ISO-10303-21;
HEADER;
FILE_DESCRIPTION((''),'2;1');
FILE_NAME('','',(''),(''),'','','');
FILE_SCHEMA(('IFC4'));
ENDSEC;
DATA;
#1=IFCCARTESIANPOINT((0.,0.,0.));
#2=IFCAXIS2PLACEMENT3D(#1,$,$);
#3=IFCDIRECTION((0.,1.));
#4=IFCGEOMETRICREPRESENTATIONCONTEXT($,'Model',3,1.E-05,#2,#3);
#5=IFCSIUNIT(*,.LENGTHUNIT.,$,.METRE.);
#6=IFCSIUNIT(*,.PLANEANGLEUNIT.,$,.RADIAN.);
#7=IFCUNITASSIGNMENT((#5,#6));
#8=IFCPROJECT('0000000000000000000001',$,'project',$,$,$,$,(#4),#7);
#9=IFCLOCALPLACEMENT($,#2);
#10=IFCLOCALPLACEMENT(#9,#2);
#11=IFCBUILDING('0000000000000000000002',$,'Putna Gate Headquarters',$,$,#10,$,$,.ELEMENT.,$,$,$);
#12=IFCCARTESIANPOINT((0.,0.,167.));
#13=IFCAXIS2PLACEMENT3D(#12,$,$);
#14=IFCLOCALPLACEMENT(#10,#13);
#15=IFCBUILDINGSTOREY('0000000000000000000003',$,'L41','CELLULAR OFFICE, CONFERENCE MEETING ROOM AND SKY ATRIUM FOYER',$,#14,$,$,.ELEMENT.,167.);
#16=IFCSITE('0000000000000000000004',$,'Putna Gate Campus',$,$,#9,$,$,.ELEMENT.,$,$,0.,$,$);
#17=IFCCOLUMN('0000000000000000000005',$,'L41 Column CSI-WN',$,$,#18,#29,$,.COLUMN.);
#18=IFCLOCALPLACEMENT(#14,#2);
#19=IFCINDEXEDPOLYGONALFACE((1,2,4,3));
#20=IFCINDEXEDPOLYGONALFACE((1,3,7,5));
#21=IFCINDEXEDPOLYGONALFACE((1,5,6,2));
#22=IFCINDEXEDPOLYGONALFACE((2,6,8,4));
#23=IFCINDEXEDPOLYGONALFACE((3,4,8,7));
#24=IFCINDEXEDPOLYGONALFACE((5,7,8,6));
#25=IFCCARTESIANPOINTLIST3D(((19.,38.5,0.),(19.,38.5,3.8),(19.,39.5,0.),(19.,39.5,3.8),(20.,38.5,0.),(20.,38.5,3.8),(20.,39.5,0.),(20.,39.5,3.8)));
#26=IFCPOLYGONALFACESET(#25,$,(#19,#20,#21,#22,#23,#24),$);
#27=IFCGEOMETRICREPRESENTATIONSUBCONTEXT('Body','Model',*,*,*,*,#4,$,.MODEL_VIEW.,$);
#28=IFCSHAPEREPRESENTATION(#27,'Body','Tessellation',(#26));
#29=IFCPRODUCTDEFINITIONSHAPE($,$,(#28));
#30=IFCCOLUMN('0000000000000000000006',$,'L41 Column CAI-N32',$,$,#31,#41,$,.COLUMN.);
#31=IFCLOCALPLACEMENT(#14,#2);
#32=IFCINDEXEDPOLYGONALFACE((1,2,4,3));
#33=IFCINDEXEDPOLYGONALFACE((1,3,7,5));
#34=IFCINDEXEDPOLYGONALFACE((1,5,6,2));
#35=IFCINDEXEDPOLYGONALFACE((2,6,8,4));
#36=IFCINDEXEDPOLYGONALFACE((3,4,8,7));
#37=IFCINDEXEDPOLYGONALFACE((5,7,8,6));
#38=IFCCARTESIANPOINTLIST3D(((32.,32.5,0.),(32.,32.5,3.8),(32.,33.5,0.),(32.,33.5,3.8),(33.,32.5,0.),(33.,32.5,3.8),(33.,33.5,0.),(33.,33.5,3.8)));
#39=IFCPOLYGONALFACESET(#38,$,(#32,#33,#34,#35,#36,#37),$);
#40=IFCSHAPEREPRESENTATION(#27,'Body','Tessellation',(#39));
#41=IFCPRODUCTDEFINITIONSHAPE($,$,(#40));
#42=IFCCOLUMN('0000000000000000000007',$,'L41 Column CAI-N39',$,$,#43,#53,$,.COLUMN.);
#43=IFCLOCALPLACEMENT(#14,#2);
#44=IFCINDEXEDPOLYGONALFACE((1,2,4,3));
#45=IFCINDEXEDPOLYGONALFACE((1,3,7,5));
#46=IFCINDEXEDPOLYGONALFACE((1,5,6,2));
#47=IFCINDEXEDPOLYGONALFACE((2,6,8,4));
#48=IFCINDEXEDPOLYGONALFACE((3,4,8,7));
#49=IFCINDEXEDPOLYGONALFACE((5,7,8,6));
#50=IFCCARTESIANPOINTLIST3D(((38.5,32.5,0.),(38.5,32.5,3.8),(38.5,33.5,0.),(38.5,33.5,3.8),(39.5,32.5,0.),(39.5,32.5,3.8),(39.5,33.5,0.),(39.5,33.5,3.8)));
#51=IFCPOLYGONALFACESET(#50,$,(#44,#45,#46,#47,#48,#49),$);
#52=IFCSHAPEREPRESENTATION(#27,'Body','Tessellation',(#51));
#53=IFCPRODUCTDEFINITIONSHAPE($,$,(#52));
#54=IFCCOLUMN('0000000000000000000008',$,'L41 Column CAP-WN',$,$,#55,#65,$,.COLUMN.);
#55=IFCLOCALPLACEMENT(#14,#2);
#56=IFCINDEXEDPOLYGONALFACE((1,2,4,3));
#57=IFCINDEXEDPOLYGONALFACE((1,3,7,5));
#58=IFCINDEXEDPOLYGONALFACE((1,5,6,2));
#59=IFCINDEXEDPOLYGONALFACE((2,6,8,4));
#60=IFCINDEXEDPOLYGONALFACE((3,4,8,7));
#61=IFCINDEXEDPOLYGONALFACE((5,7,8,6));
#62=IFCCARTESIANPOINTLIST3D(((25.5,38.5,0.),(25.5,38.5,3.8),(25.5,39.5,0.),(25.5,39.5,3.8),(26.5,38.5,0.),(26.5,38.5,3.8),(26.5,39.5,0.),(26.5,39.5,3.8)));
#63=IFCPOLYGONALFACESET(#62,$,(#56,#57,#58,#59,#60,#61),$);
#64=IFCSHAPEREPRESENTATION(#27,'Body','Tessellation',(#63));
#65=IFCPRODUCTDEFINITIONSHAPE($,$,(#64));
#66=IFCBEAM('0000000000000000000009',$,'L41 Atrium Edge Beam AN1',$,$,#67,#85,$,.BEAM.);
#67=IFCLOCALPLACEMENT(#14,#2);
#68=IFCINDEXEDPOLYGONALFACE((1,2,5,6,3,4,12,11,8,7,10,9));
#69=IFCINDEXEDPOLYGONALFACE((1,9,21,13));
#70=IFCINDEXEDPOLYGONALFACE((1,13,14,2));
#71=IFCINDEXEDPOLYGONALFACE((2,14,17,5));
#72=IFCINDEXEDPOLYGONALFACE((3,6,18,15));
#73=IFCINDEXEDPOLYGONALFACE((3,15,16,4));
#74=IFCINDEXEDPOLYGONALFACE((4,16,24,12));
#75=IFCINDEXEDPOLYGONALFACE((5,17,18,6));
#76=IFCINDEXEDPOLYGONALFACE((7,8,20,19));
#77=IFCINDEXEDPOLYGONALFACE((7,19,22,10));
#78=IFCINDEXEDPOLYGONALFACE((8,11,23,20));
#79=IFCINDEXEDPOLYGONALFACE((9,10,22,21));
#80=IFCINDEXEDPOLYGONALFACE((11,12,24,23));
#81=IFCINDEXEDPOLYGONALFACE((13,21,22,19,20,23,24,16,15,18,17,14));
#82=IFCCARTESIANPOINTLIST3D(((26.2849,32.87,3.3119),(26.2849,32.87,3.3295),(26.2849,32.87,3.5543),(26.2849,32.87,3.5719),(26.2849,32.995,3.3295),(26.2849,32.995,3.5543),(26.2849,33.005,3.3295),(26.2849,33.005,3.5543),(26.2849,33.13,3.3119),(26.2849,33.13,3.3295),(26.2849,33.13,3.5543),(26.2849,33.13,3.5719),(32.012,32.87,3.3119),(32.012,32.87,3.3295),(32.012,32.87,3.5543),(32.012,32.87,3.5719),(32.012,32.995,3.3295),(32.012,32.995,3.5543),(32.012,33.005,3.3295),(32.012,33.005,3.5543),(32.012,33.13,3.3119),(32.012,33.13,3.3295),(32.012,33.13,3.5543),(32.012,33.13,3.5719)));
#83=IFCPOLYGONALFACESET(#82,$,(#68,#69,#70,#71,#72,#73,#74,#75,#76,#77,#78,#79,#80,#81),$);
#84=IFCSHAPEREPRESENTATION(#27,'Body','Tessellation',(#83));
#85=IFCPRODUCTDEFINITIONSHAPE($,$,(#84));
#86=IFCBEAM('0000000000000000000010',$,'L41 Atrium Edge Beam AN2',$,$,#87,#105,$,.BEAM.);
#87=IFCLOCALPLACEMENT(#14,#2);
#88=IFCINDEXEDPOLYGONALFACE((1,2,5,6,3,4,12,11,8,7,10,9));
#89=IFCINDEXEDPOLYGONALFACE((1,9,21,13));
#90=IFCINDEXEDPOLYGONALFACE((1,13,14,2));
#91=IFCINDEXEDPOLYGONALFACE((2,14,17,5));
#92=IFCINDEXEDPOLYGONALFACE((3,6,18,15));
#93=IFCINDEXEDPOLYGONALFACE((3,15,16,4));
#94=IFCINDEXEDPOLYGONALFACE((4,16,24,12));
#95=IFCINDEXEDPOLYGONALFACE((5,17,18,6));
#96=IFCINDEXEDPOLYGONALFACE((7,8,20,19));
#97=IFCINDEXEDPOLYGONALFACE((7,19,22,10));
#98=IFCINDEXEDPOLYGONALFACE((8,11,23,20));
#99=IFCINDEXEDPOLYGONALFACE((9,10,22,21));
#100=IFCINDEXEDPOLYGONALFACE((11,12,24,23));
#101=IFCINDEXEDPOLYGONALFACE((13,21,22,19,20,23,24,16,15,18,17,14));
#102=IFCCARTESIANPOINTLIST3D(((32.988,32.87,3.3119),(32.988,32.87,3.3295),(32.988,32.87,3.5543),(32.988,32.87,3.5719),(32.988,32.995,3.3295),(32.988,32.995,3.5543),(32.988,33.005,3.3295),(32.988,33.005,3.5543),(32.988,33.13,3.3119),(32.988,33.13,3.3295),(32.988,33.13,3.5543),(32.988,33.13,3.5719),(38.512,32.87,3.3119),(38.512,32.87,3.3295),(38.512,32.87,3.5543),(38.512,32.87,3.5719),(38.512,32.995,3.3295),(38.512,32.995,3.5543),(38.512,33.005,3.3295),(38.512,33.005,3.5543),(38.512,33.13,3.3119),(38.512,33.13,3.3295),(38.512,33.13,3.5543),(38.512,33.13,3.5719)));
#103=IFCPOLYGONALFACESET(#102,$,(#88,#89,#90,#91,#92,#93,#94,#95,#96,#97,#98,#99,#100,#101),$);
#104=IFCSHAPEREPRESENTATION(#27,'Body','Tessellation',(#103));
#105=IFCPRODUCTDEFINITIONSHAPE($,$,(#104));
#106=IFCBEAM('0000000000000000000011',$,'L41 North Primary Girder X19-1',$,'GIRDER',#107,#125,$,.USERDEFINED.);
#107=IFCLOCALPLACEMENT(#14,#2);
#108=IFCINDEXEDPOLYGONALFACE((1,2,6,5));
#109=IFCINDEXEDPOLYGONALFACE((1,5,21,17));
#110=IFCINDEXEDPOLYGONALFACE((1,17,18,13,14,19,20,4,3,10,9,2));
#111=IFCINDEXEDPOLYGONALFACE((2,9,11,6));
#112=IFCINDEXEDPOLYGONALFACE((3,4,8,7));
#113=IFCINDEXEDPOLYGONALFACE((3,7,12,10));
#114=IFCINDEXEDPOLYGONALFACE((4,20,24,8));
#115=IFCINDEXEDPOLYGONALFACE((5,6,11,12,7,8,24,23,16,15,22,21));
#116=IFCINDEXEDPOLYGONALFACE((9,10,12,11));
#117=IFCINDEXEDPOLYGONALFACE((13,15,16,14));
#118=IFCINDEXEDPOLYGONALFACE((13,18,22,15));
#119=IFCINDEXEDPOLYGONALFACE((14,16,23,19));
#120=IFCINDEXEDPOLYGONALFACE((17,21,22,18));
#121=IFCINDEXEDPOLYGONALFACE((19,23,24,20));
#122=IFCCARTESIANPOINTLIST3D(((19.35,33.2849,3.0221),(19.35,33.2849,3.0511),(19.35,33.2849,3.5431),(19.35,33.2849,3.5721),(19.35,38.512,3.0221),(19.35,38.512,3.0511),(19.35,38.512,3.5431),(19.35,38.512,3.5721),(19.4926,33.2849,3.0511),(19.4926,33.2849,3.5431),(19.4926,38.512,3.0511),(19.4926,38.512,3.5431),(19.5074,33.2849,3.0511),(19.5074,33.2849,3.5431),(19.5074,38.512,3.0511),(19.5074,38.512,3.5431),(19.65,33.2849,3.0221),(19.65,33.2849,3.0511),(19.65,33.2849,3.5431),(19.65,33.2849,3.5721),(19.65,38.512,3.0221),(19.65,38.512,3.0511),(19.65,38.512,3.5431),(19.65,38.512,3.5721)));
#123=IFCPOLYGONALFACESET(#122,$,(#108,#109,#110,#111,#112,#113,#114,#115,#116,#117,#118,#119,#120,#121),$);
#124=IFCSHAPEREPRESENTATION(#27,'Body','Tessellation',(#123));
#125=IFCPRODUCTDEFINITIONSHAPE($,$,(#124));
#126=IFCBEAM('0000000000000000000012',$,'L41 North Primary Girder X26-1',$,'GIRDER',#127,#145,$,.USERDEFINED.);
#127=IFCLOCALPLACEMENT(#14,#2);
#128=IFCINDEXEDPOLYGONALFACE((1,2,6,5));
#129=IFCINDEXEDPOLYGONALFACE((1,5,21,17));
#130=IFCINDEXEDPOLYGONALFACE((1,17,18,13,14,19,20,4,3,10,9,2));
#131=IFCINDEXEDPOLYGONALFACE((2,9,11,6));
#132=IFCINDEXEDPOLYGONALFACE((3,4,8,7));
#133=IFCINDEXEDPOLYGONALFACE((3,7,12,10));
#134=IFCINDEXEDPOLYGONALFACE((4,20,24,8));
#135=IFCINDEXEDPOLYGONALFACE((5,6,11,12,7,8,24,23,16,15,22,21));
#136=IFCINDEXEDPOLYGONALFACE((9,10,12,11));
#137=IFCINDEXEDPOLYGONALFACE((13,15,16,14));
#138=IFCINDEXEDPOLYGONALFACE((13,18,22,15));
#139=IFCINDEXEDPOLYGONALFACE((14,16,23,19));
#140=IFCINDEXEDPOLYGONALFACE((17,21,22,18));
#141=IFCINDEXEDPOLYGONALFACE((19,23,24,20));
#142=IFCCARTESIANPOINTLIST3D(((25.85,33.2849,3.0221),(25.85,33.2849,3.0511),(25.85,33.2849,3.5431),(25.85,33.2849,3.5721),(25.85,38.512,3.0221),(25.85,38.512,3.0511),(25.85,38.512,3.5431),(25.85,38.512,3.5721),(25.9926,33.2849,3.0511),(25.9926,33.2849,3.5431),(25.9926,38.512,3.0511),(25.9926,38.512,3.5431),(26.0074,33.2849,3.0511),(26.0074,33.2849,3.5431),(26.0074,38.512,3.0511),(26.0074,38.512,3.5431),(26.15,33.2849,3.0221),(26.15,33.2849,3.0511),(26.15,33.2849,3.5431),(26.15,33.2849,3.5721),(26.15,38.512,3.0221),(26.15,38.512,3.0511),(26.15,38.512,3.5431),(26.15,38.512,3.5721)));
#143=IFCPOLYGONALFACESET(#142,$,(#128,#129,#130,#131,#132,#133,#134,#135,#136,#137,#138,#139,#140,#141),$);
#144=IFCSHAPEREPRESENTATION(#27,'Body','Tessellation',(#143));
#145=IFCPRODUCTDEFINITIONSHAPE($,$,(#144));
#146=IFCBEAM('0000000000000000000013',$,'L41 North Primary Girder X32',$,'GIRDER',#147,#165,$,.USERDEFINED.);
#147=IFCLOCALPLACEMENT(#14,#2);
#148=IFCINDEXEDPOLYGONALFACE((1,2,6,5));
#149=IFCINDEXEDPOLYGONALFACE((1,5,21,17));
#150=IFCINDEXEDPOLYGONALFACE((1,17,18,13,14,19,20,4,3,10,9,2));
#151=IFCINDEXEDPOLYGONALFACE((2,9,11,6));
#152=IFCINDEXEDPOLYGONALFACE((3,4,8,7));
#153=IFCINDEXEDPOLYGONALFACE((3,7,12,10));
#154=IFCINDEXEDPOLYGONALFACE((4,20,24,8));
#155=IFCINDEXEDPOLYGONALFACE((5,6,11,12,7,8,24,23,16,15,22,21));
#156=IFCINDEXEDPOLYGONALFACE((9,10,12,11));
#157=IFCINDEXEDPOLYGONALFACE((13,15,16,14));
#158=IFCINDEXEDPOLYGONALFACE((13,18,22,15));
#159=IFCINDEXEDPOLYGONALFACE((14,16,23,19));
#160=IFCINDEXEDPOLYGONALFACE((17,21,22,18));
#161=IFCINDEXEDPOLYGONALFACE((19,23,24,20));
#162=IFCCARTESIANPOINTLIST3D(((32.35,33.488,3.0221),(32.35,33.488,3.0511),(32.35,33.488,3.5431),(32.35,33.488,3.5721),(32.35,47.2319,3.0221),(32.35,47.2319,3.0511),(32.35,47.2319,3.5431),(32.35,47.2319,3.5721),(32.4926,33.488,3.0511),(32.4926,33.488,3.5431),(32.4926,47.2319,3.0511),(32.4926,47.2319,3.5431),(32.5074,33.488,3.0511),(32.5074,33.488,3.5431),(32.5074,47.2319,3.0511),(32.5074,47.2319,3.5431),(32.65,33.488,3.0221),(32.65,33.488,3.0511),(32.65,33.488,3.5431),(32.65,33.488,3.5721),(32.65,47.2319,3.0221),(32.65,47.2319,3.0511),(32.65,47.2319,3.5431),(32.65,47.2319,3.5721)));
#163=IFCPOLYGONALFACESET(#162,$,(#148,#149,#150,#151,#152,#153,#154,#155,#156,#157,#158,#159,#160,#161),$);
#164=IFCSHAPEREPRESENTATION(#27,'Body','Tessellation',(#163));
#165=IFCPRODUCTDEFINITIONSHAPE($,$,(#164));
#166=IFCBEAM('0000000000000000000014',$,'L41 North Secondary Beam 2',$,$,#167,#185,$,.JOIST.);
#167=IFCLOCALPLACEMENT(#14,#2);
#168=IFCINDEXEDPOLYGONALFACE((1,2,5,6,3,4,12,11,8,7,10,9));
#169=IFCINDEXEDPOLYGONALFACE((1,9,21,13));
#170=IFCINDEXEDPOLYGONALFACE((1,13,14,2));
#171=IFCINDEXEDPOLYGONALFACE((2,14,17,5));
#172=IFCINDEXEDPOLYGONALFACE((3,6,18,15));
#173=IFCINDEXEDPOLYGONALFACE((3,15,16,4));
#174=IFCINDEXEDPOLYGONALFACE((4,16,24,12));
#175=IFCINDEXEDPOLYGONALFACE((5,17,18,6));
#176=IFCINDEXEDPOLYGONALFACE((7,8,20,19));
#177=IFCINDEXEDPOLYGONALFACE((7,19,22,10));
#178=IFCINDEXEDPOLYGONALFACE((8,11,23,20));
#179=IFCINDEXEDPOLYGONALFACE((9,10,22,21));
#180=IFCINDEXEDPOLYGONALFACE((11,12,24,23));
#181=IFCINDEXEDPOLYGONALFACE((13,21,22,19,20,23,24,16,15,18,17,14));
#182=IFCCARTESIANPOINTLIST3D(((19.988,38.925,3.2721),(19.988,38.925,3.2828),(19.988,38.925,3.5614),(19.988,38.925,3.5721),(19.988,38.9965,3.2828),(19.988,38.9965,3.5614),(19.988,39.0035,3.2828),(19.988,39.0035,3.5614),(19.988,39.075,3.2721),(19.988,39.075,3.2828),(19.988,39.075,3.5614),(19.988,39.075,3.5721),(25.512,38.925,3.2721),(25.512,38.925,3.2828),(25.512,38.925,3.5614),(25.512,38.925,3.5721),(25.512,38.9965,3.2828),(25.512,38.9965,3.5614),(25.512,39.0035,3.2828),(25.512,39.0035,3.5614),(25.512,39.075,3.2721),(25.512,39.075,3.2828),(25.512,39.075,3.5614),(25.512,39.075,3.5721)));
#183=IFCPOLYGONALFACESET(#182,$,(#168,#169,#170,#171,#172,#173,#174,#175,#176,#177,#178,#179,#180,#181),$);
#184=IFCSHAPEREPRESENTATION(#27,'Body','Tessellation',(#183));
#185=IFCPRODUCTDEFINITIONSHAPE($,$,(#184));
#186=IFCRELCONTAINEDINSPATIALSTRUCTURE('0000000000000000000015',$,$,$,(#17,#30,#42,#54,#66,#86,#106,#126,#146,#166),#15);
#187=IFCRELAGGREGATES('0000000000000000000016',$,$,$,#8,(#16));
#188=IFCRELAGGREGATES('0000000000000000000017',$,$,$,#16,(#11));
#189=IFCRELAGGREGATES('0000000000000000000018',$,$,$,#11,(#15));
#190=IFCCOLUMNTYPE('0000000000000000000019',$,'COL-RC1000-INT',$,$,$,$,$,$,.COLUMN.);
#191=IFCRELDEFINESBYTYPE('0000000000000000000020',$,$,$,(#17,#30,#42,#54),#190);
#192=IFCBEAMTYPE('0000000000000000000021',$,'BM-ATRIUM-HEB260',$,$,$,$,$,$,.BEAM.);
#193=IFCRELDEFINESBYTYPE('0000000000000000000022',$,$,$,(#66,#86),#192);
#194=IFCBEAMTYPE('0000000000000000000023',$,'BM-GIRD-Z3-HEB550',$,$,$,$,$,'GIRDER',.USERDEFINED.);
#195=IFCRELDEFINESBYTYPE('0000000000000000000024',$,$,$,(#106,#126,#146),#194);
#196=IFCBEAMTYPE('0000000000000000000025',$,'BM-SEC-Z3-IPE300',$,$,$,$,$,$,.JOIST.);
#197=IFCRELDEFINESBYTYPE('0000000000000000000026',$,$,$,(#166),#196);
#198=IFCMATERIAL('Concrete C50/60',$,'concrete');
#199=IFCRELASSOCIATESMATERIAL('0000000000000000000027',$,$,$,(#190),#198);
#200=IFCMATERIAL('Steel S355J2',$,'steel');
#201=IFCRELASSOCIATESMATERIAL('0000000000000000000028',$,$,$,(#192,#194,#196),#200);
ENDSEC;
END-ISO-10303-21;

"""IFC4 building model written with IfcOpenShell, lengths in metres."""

from ifc_helpers import new_model, si_unit, direction, frame, origin, origin_2d, place, context, subcontext, project, spatial, rectangle, i_section, extrude, material, material_profile, profile_set, type_object, element, save


model = new_model("IFC4")

# Units and contexts
model_context = context("Model", 3, precision=1e-05, world=origin(), true_north=direction((0.0, 1.0)))
body_context = subcontext(model_context, "Body", "Model", "MODEL_VIEW")
ifc_project = project(units=[si_unit("LENGTHUNIT", "METRE"), si_unit("PLANEANGLEUNIT", "RADIAN")], contexts=[model_context])

# Site, building, storey
site_placement = place(None, origin())
site = spatial("IfcSite", under=ifc_project, at=site_placement, Name="Putna Gate Campus", CompositionType="ELEMENT", RefElevation=0.0)
building_placement = place(site_placement, origin())
building = spatial("IfcBuilding", under=site, at=building_placement, Name="Putna Gate Headquarters", CompositionType="ELEMENT")
storey_placement = place(building_placement, frame((0.0, 0.0, 167.0)))
storey = spatial("IfcBuildingStorey", under=building, at=storey_placement, Name="L41", Description="CELLULAR OFFICE, CONFERENCE MEETING ROOM AND SKY ATRIUM FOYER", CompositionType="ELEMENT", Elevation=167.0)

# Columns
ifc_material_1 = material(Name="Concrete C50/60", Category="concrete")
ifc_material_profile_1 = material_profile(ifc_material_1, rectangle(XDim=1.0, YDim=1.0, at=origin_2d()), Name="Concrete C50/60")
ifc_profile_set_1 = profile_set([ifc_material_profile_1], Name="Concrete C50/60")
column_type = type_object("IfcColumnType", Name="COL-RC1000-INT", PredefinedType="COLUMN", material=ifc_profile_set_1)
for number, where, z_axis, x_axis, name in (
    (1, (19.5, 39.0, 0.0), (0.0, 0.0, 1.0), (1.0, 0.0, 0.0), "L41 Column CSI-WN"),
    (2, (32.5, 33.0, 0.0), (0.0, 0.0, 1.0), (1.0, 0.0, 0.0), "L41 Column CAI-N32"),
    (3, (39.0, 33.0, 0.0), (0.0, 0.0, 1.0), (1.0, 0.0, 0.0), "L41 Column CAI-N39"),
    (4, (26.0, 39.0, 0.0), (0.0, 0.0, 1.0), (1.0, 0.0, 0.0), "L41 Column CAP-WN"),
):
    element("IfcColumn", number, at=place(storey_placement, frame(where, z_axis=z_axis, x_axis=x_axis)), inside=storey, type_object=column_type, Name=name, PredefinedType="COLUMN", context=body_context, shape_type="SweptSolid", body=[
        extrude(rectangle(XDim=1.0, YDim=1.0, at=origin_2d()), origin(), (0.0, 0.0, 1.0), 3.8),
    ])

# Beams
ifc_material_2 = material(Name="Steel S355J2", Category="steel")
ifc_material_profile_2 = material_profile(ifc_material_2, i_section(OverallWidth=0.26, OverallDepth=0.26, WebThickness=0.01, FlangeThickness=0.0176, at=origin_2d()), Name="Steel S355J2")
ifc_profile_set_2 = profile_set([ifc_material_profile_2], Name="Steel S355J2")
beam_type_1 = type_object("IfcBeamType", Name="BM-ATRIUM-HEB260", PredefinedType="BEAM", material=ifc_profile_set_2)
beam_1_placement = place(storey_placement, frame((26.2849, 33.0, 3.4419), z_axis=(1.0, 0.0, 0.0), x_axis=(0.0, 1.0, 0.0)))
element("IfcBeam", 5, at=beam_1_placement, inside=storey, type_object=beam_type_1, Name="L41 Atrium Edge Beam AN1", PredefinedType="BEAM", context=body_context, shape_type="SweptSolid", body=[
    extrude(i_section(OverallWidth=0.26, OverallDepth=0.26, WebThickness=0.01, FlangeThickness=0.0176, at=origin_2d()), origin(), (0.0, 0.0, 1.0), 5.7271),
])
beam_2_placement = place(storey_placement, frame((32.988, 33.0, 3.4419), z_axis=(1.0, 0.0, 0.0), x_axis=(0.0, 1.0, 0.0)))
element("IfcBeam", 6, at=beam_2_placement, inside=storey, type_object=beam_type_1, Name="L41 Atrium Edge Beam AN2", PredefinedType="BEAM", context=body_context, shape_type="SweptSolid", body=[
    extrude(i_section(OverallWidth=0.26, OverallDepth=0.26, WebThickness=0.01, FlangeThickness=0.0176, at=origin_2d()), origin(), (0.0, 0.0, 1.0), 5.5239),
])
ifc_material_profile_3 = material_profile(ifc_material_2, i_section(OverallWidth=0.3, OverallDepth=0.55, WebThickness=0.0149, FlangeThickness=0.0291, at=origin_2d()), Name="Steel S355J2")
ifc_profile_set_3 = profile_set([ifc_material_profile_3], Name="Steel S355J2")
beam_type_2 = type_object("IfcBeamType", Name="BM-GIRD-Z3-HEB550", ElementType="GIRDER", PredefinedType="USERDEFINED", material=ifc_profile_set_3)
for number, where, z_axis, x_axis, name in (
    (7, (19.5, 33.2849, 3.2971), (0.0, 1.0, 0.0), (-1.0, 0.0, 0.0), "L41 North Primary Girder X19-1"),
    (8, (26.0, 33.2849, 3.2971), (0.0, 1.0, 0.0), (-1.0, 0.0, 0.0), "L41 North Primary Girder X26-1"),
):
    element("IfcBeam", number, at=place(storey_placement, frame(where, z_axis=z_axis, x_axis=x_axis)), inside=storey, type_object=beam_type_2, Name=name, ObjectType="GIRDER", PredefinedType="USERDEFINED", context=body_context, shape_type="SweptSolid", body=[
        extrude(i_section(OverallWidth=0.3, OverallDepth=0.55, WebThickness=0.0149, FlangeThickness=0.0291, at=origin_2d()), origin(), (0.0, 0.0, 1.0), 5.2271),
    ])
beam_3_placement = place(storey_placement, frame((32.5, 33.488, 3.2971), z_axis=(0.0, 1.0, 0.0), x_axis=(-1.0, 0.0, 0.0)))
element("IfcBeam", 9, at=beam_3_placement, inside=storey, type_object=beam_type_2, Name="L41 North Primary Girder X32", ObjectType="GIRDER", PredefinedType="USERDEFINED", context=body_context, shape_type="SweptSolid", body=[
    extrude(i_section(OverallWidth=0.3, OverallDepth=0.55, WebThickness=0.0149, FlangeThickness=0.0291, at=origin_2d()), origin(), (0.0, 0.0, 1.0), 13.7439),
])
ifc_material_profile_4 = material_profile(ifc_material_2, i_section(OverallWidth=0.1499, OverallDepth=0.3, WebThickness=0.0071, FlangeThickness=0.0107, at=origin_2d()), Name="Steel S355J2")
ifc_profile_set_4 = profile_set([ifc_material_profile_4], Name="Steel S355J2")
beam_type_3 = type_object("IfcBeamType", Name="BM-SEC-Z3-IPE300", PredefinedType="JOIST", material=ifc_profile_set_4)
beam_4_placement = place(storey_placement, frame((19.988, 39.0, 3.4221), z_axis=(1.0, 0.0, 0.0), x_axis=(0.0, 1.0, 0.0)))
element("IfcBeam", 10, at=beam_4_placement, inside=storey, type_object=beam_type_3, Name="L41 North Secondary Beam 2", PredefinedType="JOIST", context=body_context, shape_type="SweptSolid", body=[
    extrude(i_section(OverallWidth=0.1499, OverallDepth=0.3, WebThickness=0.0071, FlangeThickness=0.0107, at=origin_2d()), origin(), (0.0, 0.0, 1.0), 5.5239),
])

save(model, "model.ifc")
